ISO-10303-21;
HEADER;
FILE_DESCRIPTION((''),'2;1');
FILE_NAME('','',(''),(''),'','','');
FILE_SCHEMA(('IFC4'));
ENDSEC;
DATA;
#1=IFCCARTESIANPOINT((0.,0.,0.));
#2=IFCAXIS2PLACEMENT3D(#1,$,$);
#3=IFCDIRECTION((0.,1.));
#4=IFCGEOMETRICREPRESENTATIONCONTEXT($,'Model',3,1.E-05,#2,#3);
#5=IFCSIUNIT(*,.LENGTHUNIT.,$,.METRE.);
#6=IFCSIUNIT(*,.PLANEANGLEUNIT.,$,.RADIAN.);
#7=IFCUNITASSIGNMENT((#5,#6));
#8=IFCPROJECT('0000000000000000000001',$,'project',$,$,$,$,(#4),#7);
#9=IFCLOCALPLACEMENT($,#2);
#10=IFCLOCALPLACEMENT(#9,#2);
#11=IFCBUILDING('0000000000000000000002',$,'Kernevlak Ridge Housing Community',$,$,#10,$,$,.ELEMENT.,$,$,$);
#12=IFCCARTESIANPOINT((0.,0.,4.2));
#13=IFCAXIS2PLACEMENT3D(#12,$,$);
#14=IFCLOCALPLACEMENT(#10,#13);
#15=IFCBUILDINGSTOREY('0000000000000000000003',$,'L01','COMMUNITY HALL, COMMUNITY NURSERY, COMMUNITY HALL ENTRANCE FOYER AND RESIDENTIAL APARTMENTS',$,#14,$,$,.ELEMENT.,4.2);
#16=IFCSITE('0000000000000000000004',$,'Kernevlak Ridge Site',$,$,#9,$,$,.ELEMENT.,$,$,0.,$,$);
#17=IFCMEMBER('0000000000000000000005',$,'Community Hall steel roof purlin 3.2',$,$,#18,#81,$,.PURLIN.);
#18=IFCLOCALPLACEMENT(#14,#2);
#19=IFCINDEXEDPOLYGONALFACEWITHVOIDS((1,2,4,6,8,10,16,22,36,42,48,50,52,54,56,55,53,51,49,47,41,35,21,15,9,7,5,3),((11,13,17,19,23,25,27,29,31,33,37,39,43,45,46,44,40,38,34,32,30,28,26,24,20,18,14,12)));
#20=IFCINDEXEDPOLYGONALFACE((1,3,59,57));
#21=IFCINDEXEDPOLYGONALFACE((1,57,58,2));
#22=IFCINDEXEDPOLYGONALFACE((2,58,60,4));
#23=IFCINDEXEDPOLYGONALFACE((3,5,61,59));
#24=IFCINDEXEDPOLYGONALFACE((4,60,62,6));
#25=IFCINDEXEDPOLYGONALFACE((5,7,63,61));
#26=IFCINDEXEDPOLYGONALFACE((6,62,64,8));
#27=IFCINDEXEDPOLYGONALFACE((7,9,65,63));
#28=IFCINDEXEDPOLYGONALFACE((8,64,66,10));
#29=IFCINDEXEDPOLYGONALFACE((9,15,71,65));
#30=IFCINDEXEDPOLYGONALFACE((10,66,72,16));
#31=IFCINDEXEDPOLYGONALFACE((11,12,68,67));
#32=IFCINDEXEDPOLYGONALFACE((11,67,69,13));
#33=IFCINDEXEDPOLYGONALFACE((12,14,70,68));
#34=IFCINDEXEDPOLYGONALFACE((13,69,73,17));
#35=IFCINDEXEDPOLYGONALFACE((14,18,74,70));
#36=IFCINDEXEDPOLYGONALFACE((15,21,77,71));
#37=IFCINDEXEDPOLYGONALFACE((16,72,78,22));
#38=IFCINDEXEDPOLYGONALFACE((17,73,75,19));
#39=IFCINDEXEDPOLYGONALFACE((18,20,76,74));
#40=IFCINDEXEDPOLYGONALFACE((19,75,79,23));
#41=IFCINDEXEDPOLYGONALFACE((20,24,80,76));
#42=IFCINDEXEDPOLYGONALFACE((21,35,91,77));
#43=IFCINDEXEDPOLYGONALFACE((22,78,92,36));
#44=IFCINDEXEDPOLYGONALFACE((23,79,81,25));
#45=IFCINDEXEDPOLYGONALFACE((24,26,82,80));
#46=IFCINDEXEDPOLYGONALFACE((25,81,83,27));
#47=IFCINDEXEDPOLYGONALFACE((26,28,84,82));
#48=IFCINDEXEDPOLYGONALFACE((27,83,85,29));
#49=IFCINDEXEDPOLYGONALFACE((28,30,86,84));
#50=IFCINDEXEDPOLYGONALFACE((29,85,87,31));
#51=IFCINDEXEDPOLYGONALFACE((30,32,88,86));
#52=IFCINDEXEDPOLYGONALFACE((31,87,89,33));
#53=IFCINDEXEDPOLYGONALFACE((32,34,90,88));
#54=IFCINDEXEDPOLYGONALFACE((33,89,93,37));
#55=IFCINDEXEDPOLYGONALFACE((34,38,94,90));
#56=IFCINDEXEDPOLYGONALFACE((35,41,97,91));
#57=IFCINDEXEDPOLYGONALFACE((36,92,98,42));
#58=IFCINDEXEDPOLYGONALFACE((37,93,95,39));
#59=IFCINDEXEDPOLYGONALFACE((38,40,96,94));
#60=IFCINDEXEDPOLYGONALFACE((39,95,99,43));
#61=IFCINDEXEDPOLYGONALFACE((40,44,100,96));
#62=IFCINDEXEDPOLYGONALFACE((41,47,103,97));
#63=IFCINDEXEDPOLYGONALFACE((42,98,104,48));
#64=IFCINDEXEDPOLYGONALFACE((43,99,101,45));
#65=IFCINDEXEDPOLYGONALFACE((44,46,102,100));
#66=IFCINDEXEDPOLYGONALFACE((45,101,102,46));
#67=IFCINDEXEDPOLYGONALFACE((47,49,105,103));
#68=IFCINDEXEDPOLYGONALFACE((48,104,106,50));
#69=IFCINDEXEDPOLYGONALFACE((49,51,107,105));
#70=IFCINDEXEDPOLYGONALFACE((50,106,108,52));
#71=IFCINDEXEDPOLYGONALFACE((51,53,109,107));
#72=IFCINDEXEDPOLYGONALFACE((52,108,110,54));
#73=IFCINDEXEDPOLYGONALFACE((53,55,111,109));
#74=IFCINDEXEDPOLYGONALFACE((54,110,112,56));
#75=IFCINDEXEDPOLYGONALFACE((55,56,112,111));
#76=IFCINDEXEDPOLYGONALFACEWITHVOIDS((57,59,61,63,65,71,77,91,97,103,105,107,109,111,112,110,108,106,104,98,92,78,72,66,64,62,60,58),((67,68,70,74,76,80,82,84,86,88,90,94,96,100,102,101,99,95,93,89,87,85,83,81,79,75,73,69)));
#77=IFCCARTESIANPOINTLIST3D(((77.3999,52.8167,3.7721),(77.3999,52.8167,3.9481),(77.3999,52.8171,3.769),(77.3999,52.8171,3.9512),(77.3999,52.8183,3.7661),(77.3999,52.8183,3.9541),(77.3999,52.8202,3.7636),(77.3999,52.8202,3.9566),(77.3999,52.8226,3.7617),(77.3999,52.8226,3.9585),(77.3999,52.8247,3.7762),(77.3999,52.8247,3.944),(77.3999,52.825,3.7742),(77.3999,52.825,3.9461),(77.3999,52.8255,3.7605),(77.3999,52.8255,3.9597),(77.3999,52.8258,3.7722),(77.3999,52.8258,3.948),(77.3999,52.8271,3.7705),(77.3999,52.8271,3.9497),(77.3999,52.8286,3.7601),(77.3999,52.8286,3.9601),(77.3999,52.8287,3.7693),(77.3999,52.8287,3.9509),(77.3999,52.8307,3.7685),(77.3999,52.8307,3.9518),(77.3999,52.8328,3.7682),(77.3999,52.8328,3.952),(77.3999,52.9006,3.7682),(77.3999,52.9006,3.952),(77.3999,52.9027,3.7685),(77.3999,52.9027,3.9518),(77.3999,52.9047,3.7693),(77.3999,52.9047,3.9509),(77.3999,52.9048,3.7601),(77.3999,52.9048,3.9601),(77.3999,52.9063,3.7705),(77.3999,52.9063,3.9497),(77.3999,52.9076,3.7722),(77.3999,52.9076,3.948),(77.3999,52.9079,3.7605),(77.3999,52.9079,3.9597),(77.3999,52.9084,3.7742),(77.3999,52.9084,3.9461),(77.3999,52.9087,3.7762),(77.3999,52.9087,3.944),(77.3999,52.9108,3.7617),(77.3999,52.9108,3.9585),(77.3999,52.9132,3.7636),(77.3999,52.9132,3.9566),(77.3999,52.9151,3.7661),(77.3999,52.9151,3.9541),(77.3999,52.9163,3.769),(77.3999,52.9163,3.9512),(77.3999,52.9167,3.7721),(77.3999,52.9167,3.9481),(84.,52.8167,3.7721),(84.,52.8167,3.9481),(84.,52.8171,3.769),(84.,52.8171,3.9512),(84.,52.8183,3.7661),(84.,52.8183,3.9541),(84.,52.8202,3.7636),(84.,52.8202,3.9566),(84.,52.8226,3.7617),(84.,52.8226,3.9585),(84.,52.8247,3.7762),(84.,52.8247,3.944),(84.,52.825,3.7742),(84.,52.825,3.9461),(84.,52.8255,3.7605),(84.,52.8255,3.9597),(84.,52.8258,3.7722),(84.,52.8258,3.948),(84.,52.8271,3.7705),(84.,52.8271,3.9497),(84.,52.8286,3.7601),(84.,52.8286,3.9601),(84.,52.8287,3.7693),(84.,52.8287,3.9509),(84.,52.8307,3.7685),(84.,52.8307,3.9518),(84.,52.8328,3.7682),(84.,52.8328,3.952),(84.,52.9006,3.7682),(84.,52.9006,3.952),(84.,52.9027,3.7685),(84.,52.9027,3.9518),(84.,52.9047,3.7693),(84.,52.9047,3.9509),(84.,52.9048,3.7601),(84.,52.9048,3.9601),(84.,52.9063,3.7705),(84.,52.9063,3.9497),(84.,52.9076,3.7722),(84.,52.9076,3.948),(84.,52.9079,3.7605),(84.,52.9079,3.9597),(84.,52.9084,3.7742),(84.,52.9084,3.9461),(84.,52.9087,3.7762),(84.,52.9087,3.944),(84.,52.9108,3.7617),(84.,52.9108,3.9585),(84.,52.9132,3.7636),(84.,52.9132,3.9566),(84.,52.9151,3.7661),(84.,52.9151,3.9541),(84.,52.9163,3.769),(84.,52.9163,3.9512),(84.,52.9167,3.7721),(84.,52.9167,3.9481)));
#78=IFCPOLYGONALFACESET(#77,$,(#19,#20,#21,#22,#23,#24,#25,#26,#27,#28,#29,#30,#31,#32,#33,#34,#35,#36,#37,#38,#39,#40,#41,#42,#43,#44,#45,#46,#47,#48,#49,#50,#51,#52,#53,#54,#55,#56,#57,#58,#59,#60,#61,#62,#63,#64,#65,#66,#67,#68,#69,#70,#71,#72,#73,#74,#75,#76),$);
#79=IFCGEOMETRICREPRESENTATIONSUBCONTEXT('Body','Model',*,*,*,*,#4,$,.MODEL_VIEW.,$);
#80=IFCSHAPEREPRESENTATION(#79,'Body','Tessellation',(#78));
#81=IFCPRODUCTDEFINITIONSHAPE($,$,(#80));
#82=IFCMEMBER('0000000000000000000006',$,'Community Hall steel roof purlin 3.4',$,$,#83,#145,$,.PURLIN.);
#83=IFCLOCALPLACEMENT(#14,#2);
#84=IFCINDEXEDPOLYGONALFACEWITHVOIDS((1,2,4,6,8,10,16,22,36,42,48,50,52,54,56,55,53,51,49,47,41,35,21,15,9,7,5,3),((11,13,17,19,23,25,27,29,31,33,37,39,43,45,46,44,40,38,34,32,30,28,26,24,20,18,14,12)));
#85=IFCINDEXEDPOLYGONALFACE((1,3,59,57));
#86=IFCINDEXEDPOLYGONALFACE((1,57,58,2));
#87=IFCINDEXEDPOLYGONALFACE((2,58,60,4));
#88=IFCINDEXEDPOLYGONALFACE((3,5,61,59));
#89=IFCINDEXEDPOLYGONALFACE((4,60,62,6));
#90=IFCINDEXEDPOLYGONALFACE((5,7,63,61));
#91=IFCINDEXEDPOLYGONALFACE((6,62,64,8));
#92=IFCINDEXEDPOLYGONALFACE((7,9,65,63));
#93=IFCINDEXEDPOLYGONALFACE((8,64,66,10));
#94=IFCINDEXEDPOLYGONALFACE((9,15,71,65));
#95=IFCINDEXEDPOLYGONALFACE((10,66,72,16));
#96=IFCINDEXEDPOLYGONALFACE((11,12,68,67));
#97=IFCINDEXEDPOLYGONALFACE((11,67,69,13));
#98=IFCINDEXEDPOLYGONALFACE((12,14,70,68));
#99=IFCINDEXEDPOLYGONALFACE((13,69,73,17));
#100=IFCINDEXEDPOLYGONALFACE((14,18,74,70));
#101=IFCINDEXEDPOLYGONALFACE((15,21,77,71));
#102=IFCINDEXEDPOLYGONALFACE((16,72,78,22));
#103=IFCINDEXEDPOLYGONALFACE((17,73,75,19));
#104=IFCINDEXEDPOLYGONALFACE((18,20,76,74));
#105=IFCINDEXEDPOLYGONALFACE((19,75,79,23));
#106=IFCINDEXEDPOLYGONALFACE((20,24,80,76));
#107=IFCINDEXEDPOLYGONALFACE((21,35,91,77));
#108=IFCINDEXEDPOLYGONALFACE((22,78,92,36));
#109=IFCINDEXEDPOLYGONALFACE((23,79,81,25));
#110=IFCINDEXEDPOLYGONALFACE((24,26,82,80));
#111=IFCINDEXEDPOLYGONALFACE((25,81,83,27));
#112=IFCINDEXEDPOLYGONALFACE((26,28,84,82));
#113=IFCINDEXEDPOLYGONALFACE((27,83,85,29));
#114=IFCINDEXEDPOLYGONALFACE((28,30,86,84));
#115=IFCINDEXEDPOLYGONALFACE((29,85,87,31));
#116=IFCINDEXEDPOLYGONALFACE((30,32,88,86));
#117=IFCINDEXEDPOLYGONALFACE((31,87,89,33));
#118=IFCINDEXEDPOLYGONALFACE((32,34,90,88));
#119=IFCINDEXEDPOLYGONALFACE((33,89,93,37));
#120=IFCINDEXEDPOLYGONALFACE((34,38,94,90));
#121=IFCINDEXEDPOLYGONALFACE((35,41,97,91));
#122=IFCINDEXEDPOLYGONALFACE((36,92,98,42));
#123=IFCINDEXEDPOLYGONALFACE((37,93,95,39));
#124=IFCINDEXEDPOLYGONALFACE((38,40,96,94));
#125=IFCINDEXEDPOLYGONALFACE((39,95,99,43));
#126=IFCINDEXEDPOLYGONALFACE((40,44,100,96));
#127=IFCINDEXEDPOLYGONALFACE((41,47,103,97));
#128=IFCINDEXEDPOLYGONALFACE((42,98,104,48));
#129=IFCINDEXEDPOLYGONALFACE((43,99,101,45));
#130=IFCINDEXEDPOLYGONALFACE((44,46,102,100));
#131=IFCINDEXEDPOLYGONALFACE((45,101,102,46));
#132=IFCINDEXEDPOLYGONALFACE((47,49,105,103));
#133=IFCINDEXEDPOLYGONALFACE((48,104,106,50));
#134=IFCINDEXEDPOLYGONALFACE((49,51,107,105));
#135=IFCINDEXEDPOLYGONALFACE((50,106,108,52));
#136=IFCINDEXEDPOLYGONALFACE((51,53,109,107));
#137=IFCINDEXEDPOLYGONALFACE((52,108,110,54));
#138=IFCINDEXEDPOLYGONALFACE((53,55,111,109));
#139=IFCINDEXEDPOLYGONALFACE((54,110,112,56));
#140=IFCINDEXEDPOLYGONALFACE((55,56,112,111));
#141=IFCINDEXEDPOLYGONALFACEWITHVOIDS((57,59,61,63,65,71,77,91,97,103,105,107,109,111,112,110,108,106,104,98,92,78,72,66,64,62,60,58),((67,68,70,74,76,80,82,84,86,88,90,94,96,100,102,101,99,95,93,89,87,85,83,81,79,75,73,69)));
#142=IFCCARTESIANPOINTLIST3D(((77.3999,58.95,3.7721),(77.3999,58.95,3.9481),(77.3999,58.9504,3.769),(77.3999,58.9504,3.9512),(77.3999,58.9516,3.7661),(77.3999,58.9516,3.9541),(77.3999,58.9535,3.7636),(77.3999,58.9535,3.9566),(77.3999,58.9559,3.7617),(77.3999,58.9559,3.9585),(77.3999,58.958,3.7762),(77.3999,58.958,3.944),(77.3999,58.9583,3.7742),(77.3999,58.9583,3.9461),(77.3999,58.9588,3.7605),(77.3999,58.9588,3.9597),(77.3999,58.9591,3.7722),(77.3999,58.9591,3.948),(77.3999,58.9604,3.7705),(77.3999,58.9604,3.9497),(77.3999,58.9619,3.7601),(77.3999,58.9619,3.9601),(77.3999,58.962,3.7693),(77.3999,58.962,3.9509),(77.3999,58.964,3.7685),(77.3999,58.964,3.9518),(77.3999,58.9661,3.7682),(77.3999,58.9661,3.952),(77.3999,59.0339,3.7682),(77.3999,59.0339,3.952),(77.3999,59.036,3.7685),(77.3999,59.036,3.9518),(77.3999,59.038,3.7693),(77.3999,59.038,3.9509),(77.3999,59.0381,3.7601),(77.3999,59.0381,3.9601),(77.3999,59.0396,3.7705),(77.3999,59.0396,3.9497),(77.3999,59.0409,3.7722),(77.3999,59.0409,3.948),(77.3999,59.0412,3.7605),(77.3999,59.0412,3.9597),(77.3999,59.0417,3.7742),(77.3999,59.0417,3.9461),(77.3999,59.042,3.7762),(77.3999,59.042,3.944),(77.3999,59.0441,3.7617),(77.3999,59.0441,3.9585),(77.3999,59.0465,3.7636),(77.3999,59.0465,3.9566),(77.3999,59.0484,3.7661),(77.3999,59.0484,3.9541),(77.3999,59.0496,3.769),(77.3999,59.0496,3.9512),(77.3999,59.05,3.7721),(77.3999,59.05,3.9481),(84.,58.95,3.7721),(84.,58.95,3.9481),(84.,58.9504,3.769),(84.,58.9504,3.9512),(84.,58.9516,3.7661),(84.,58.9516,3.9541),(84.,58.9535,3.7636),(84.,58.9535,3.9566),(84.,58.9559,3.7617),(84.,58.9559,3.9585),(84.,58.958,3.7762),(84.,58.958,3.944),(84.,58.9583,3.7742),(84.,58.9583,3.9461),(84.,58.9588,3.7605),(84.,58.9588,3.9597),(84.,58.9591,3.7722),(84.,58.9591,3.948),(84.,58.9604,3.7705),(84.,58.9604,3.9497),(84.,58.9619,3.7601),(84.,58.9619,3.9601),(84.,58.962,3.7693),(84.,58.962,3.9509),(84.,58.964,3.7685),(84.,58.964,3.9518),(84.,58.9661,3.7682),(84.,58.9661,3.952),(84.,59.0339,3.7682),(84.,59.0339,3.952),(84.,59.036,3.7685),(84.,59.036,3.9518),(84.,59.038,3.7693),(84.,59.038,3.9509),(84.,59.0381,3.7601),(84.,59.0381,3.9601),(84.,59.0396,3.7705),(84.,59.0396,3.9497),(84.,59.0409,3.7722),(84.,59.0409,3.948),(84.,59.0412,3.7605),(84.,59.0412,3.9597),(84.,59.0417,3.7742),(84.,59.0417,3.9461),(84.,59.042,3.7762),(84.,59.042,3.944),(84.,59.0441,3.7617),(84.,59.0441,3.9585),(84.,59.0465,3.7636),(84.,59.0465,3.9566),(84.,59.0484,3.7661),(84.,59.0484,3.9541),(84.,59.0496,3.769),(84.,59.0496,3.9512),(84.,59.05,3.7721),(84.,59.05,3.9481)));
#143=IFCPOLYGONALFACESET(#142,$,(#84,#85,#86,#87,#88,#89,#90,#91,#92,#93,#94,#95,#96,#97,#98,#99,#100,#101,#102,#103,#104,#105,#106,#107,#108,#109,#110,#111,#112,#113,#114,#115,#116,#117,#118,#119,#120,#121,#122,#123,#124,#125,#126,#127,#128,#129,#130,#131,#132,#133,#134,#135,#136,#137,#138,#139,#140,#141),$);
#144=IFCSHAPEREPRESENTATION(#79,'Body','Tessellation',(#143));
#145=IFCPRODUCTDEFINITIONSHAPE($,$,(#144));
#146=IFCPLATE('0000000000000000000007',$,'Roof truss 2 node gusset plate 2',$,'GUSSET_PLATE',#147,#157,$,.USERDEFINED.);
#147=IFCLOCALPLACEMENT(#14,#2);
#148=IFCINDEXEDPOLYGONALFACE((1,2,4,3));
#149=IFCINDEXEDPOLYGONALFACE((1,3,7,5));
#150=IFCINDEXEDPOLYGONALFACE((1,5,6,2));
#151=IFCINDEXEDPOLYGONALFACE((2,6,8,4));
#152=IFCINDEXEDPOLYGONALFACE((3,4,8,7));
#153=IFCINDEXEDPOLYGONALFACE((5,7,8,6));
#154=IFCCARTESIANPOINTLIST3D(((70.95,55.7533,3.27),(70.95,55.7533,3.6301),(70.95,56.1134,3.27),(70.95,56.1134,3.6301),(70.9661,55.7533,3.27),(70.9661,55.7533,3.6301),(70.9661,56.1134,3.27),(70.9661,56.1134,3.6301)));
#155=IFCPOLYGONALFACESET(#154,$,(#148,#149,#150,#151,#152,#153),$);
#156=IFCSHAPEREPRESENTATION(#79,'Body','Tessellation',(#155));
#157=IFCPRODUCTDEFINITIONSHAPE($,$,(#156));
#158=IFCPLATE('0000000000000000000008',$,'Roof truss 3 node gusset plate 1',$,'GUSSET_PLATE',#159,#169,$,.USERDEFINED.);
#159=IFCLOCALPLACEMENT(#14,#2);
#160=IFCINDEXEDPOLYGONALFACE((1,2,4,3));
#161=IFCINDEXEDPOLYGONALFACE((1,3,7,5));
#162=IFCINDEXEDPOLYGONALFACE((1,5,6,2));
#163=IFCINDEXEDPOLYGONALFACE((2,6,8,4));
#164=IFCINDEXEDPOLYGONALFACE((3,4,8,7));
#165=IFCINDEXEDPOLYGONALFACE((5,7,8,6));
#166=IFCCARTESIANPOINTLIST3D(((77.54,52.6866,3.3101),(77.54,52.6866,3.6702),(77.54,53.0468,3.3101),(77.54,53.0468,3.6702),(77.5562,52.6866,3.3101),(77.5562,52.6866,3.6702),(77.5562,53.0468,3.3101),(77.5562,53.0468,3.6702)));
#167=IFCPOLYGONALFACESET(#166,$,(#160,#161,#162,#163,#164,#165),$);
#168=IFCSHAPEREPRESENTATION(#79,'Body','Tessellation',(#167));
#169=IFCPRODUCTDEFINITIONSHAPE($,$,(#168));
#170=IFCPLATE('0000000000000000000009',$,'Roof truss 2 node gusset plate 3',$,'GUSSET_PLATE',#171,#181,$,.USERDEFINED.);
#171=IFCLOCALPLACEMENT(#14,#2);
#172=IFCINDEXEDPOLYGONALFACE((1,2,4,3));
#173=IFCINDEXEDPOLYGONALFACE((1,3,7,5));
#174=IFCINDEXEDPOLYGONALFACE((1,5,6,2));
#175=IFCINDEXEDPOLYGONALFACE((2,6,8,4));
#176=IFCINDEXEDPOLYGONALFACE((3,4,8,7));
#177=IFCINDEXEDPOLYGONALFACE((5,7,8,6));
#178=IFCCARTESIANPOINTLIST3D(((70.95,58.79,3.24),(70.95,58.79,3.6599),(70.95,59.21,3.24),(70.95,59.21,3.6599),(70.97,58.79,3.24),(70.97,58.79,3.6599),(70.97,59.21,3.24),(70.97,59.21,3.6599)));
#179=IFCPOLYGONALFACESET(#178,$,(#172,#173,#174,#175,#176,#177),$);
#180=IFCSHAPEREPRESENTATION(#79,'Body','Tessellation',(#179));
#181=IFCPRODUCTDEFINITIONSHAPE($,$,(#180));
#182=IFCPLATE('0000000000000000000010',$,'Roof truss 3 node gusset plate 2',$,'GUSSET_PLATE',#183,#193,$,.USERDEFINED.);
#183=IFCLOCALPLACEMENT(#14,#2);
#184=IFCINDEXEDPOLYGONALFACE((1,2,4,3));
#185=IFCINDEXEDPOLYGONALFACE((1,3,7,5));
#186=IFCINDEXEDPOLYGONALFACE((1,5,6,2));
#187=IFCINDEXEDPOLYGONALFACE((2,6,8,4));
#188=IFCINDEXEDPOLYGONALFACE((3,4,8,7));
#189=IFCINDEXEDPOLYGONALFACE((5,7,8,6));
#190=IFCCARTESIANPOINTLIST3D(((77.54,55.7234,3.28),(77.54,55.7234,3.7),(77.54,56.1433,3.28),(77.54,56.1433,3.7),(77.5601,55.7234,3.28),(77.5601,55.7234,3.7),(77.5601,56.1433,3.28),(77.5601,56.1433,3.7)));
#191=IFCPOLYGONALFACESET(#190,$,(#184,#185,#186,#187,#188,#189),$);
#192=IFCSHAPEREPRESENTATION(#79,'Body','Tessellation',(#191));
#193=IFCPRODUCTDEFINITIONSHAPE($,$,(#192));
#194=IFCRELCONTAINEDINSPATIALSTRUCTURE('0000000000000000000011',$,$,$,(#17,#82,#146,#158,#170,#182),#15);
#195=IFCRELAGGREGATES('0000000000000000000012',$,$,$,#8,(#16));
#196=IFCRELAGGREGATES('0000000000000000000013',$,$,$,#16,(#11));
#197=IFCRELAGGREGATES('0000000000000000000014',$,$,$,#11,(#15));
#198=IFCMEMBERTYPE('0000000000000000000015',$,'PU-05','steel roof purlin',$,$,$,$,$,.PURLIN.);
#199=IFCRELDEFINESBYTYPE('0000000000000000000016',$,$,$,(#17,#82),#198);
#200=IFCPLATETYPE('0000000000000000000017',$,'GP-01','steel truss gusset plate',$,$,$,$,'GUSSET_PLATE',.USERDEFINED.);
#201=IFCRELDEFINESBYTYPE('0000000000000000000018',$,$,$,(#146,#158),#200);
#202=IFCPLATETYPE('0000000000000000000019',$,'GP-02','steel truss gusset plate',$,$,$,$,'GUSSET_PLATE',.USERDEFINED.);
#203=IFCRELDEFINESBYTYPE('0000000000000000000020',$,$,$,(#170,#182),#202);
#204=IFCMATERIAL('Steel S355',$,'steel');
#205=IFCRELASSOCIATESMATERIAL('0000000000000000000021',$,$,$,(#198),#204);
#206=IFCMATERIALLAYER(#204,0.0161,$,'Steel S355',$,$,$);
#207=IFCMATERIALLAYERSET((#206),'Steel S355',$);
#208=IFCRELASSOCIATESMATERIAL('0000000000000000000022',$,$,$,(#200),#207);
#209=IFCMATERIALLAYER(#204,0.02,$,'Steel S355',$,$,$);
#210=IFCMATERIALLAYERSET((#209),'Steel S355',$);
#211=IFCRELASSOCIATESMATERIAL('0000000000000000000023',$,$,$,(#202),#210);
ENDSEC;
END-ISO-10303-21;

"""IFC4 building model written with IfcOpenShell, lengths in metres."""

from ifc_helpers import new_model, si_unit, direction, frame, origin, origin_2d, place, context, subcontext, project, spatial, rectangle, hollow_rectangle, extrude, material, layer, layer_set, material_profile, profile_set, type_object, element, save


model = new_model("IFC4")

# Units and contexts
model_context = context("Model", 3, precision=1e-05, world=origin(), true_north=direction((0.0, 1.0)))
body_context = subcontext(model_context, "Body", "Model", "MODEL_VIEW")
ifc_project = project(units=[si_unit("LENGTHUNIT", "METRE"), si_unit("PLANEANGLEUNIT", "RADIAN")], contexts=[model_context])

# Site, building, storey
site_placement = place(None, origin())
site = spatial("IfcSite", under=ifc_project, at=site_placement, Name="Kernevlak Ridge Site", CompositionType="ELEMENT", RefElevation=0.0)
building_placement = place(site_placement, origin())
building = spatial("IfcBuilding", under=site, at=building_placement, Name="Kernevlak Ridge Housing Community", CompositionType="ELEMENT")
storey_placement = place(building_placement, frame((0.0, 0.0, 4.2)))
storey = spatial("IfcBuildingStorey", under=building, at=storey_placement, Name="L01", Description="COMMUNITY HALL, COMMUNITY NURSERY, COMMUNITY HALL ENTRANCE FOYER AND RESIDENTIAL APARTMENTS", CompositionType="ELEMENT", Elevation=4.2)

# Members
ifc_material = material(Name="Steel S355", Category="steel")
ifc_material_profile_1 = material_profile(ifc_material, hollow_rectangle(XDim=0.1001, YDim=0.2, WallThickness=0.0081, InnerFilletRadius=0.0081, OuterFilletRadius=0.012, at=origin_2d()), Name="RHS 200x100x8")
ifc_profile_set_1 = profile_set([ifc_material_profile_1], Name="Steel S355")
member_type_1 = type_object("IfcMemberType", Name="PU-05", Description="steel roof purlin", PredefinedType="PURLIN", material=ifc_profile_set_1)
for number, where, z_axis, x_axis, name in (
    (1, (77.3999, 52.8667, 3.8601), (1.0, 0.0, 0.0), (0.0, 1.0, 0.0), "Community Hall steel roof purlin 3.2"),
    (2, (77.3999, 59.0, 3.8601), (1.0, 0.0, 0.0), (0.0, 1.0, 0.0), "Community Hall steel roof purlin 3.4"),
):
    element("IfcMember", number, at=place(storey_placement, frame(where, z_axis=z_axis, x_axis=x_axis)), inside=storey, type_object=member_type_1, Name=name, PredefinedType="PURLIN", context=body_context, shape_type="SweptSolid", body=[
        extrude(hollow_rectangle(XDim=0.1001, YDim=0.2, WallThickness=0.0081, InnerFilletRadius=0.0081, OuterFilletRadius=0.012, at=origin_2d()), origin(), (0.0, 0.0, 1.0), 6.6001),
    ])

# Plates
ifc_layer_1 = layer(ifc_material, 0.0161, Name="Steel S355")
ifc_layer_set_1 = layer_set([ifc_layer_1], Name="Steel S355")
plate_type_1 = type_object("IfcPlateType", Name="GP-01", Description="steel truss gusset plate", ElementType="GUSSET_PLATE", PredefinedType="USERDEFINED", material=ifc_layer_set_1)
for number, where, z_axis, x_axis, name in (
    (3, (70.958, 55.9333, 3.27), (0.0, 0.0, 1.0), (1.0, 0.0, 0.0), "Roof truss 2 node gusset plate 2"),
    (4, (77.5481, 52.8667, 3.3101), (0.0, 0.0, 1.0), (1.0, 0.0, 0.0), "Roof truss 3 node gusset plate 1"),
):
    element("IfcPlate", number, at=place(storey_placement, frame(where, z_axis=z_axis, x_axis=x_axis)), inside=storey, type_object=plate_type_1, Name=name, ObjectType="GUSSET_PLATE", PredefinedType="USERDEFINED", context=body_context, shape_type="SweptSolid", body=[
        extrude(rectangle(XDim=0.0161, YDim=0.3601, at=origin_2d()), origin(), (0.0, 0.0, 1.0), 0.3601),
    ])
ifc_layer_2 = layer(ifc_material, 0.02, Name="Steel S355")
ifc_layer_set_2 = layer_set([ifc_layer_2], Name="Steel S355")
plate_type_2 = type_object("IfcPlateType", Name="GP-02", Description="steel truss gusset plate", ElementType="GUSSET_PLATE", PredefinedType="USERDEFINED", material=ifc_layer_set_2)
for number, where, z_axis, x_axis, name in (
    (5, (70.96, 59.0, 3.24), (0.0, 0.0, 1.0), (1.0, 0.0, 0.0), "Roof truss 2 node gusset plate 3"),
    (6, (77.55, 55.9333, 3.28), (0.0, 0.0, 1.0), (1.0, 0.0, 0.0), "Roof truss 3 node gusset plate 2"),
):
    element("IfcPlate", number, at=place(storey_placement, frame(where, z_axis=z_axis, x_axis=x_axis)), inside=storey, type_object=plate_type_2, Name=name, ObjectType="GUSSET_PLATE", PredefinedType="USERDEFINED", context=body_context, shape_type="SweptSolid", body=[
        extrude(rectangle(XDim=0.02, YDim=0.4199, at=origin_2d()), origin(), (0.0, 0.0, 1.0), 0.4199),
    ])

save(model, "model.ifc")
